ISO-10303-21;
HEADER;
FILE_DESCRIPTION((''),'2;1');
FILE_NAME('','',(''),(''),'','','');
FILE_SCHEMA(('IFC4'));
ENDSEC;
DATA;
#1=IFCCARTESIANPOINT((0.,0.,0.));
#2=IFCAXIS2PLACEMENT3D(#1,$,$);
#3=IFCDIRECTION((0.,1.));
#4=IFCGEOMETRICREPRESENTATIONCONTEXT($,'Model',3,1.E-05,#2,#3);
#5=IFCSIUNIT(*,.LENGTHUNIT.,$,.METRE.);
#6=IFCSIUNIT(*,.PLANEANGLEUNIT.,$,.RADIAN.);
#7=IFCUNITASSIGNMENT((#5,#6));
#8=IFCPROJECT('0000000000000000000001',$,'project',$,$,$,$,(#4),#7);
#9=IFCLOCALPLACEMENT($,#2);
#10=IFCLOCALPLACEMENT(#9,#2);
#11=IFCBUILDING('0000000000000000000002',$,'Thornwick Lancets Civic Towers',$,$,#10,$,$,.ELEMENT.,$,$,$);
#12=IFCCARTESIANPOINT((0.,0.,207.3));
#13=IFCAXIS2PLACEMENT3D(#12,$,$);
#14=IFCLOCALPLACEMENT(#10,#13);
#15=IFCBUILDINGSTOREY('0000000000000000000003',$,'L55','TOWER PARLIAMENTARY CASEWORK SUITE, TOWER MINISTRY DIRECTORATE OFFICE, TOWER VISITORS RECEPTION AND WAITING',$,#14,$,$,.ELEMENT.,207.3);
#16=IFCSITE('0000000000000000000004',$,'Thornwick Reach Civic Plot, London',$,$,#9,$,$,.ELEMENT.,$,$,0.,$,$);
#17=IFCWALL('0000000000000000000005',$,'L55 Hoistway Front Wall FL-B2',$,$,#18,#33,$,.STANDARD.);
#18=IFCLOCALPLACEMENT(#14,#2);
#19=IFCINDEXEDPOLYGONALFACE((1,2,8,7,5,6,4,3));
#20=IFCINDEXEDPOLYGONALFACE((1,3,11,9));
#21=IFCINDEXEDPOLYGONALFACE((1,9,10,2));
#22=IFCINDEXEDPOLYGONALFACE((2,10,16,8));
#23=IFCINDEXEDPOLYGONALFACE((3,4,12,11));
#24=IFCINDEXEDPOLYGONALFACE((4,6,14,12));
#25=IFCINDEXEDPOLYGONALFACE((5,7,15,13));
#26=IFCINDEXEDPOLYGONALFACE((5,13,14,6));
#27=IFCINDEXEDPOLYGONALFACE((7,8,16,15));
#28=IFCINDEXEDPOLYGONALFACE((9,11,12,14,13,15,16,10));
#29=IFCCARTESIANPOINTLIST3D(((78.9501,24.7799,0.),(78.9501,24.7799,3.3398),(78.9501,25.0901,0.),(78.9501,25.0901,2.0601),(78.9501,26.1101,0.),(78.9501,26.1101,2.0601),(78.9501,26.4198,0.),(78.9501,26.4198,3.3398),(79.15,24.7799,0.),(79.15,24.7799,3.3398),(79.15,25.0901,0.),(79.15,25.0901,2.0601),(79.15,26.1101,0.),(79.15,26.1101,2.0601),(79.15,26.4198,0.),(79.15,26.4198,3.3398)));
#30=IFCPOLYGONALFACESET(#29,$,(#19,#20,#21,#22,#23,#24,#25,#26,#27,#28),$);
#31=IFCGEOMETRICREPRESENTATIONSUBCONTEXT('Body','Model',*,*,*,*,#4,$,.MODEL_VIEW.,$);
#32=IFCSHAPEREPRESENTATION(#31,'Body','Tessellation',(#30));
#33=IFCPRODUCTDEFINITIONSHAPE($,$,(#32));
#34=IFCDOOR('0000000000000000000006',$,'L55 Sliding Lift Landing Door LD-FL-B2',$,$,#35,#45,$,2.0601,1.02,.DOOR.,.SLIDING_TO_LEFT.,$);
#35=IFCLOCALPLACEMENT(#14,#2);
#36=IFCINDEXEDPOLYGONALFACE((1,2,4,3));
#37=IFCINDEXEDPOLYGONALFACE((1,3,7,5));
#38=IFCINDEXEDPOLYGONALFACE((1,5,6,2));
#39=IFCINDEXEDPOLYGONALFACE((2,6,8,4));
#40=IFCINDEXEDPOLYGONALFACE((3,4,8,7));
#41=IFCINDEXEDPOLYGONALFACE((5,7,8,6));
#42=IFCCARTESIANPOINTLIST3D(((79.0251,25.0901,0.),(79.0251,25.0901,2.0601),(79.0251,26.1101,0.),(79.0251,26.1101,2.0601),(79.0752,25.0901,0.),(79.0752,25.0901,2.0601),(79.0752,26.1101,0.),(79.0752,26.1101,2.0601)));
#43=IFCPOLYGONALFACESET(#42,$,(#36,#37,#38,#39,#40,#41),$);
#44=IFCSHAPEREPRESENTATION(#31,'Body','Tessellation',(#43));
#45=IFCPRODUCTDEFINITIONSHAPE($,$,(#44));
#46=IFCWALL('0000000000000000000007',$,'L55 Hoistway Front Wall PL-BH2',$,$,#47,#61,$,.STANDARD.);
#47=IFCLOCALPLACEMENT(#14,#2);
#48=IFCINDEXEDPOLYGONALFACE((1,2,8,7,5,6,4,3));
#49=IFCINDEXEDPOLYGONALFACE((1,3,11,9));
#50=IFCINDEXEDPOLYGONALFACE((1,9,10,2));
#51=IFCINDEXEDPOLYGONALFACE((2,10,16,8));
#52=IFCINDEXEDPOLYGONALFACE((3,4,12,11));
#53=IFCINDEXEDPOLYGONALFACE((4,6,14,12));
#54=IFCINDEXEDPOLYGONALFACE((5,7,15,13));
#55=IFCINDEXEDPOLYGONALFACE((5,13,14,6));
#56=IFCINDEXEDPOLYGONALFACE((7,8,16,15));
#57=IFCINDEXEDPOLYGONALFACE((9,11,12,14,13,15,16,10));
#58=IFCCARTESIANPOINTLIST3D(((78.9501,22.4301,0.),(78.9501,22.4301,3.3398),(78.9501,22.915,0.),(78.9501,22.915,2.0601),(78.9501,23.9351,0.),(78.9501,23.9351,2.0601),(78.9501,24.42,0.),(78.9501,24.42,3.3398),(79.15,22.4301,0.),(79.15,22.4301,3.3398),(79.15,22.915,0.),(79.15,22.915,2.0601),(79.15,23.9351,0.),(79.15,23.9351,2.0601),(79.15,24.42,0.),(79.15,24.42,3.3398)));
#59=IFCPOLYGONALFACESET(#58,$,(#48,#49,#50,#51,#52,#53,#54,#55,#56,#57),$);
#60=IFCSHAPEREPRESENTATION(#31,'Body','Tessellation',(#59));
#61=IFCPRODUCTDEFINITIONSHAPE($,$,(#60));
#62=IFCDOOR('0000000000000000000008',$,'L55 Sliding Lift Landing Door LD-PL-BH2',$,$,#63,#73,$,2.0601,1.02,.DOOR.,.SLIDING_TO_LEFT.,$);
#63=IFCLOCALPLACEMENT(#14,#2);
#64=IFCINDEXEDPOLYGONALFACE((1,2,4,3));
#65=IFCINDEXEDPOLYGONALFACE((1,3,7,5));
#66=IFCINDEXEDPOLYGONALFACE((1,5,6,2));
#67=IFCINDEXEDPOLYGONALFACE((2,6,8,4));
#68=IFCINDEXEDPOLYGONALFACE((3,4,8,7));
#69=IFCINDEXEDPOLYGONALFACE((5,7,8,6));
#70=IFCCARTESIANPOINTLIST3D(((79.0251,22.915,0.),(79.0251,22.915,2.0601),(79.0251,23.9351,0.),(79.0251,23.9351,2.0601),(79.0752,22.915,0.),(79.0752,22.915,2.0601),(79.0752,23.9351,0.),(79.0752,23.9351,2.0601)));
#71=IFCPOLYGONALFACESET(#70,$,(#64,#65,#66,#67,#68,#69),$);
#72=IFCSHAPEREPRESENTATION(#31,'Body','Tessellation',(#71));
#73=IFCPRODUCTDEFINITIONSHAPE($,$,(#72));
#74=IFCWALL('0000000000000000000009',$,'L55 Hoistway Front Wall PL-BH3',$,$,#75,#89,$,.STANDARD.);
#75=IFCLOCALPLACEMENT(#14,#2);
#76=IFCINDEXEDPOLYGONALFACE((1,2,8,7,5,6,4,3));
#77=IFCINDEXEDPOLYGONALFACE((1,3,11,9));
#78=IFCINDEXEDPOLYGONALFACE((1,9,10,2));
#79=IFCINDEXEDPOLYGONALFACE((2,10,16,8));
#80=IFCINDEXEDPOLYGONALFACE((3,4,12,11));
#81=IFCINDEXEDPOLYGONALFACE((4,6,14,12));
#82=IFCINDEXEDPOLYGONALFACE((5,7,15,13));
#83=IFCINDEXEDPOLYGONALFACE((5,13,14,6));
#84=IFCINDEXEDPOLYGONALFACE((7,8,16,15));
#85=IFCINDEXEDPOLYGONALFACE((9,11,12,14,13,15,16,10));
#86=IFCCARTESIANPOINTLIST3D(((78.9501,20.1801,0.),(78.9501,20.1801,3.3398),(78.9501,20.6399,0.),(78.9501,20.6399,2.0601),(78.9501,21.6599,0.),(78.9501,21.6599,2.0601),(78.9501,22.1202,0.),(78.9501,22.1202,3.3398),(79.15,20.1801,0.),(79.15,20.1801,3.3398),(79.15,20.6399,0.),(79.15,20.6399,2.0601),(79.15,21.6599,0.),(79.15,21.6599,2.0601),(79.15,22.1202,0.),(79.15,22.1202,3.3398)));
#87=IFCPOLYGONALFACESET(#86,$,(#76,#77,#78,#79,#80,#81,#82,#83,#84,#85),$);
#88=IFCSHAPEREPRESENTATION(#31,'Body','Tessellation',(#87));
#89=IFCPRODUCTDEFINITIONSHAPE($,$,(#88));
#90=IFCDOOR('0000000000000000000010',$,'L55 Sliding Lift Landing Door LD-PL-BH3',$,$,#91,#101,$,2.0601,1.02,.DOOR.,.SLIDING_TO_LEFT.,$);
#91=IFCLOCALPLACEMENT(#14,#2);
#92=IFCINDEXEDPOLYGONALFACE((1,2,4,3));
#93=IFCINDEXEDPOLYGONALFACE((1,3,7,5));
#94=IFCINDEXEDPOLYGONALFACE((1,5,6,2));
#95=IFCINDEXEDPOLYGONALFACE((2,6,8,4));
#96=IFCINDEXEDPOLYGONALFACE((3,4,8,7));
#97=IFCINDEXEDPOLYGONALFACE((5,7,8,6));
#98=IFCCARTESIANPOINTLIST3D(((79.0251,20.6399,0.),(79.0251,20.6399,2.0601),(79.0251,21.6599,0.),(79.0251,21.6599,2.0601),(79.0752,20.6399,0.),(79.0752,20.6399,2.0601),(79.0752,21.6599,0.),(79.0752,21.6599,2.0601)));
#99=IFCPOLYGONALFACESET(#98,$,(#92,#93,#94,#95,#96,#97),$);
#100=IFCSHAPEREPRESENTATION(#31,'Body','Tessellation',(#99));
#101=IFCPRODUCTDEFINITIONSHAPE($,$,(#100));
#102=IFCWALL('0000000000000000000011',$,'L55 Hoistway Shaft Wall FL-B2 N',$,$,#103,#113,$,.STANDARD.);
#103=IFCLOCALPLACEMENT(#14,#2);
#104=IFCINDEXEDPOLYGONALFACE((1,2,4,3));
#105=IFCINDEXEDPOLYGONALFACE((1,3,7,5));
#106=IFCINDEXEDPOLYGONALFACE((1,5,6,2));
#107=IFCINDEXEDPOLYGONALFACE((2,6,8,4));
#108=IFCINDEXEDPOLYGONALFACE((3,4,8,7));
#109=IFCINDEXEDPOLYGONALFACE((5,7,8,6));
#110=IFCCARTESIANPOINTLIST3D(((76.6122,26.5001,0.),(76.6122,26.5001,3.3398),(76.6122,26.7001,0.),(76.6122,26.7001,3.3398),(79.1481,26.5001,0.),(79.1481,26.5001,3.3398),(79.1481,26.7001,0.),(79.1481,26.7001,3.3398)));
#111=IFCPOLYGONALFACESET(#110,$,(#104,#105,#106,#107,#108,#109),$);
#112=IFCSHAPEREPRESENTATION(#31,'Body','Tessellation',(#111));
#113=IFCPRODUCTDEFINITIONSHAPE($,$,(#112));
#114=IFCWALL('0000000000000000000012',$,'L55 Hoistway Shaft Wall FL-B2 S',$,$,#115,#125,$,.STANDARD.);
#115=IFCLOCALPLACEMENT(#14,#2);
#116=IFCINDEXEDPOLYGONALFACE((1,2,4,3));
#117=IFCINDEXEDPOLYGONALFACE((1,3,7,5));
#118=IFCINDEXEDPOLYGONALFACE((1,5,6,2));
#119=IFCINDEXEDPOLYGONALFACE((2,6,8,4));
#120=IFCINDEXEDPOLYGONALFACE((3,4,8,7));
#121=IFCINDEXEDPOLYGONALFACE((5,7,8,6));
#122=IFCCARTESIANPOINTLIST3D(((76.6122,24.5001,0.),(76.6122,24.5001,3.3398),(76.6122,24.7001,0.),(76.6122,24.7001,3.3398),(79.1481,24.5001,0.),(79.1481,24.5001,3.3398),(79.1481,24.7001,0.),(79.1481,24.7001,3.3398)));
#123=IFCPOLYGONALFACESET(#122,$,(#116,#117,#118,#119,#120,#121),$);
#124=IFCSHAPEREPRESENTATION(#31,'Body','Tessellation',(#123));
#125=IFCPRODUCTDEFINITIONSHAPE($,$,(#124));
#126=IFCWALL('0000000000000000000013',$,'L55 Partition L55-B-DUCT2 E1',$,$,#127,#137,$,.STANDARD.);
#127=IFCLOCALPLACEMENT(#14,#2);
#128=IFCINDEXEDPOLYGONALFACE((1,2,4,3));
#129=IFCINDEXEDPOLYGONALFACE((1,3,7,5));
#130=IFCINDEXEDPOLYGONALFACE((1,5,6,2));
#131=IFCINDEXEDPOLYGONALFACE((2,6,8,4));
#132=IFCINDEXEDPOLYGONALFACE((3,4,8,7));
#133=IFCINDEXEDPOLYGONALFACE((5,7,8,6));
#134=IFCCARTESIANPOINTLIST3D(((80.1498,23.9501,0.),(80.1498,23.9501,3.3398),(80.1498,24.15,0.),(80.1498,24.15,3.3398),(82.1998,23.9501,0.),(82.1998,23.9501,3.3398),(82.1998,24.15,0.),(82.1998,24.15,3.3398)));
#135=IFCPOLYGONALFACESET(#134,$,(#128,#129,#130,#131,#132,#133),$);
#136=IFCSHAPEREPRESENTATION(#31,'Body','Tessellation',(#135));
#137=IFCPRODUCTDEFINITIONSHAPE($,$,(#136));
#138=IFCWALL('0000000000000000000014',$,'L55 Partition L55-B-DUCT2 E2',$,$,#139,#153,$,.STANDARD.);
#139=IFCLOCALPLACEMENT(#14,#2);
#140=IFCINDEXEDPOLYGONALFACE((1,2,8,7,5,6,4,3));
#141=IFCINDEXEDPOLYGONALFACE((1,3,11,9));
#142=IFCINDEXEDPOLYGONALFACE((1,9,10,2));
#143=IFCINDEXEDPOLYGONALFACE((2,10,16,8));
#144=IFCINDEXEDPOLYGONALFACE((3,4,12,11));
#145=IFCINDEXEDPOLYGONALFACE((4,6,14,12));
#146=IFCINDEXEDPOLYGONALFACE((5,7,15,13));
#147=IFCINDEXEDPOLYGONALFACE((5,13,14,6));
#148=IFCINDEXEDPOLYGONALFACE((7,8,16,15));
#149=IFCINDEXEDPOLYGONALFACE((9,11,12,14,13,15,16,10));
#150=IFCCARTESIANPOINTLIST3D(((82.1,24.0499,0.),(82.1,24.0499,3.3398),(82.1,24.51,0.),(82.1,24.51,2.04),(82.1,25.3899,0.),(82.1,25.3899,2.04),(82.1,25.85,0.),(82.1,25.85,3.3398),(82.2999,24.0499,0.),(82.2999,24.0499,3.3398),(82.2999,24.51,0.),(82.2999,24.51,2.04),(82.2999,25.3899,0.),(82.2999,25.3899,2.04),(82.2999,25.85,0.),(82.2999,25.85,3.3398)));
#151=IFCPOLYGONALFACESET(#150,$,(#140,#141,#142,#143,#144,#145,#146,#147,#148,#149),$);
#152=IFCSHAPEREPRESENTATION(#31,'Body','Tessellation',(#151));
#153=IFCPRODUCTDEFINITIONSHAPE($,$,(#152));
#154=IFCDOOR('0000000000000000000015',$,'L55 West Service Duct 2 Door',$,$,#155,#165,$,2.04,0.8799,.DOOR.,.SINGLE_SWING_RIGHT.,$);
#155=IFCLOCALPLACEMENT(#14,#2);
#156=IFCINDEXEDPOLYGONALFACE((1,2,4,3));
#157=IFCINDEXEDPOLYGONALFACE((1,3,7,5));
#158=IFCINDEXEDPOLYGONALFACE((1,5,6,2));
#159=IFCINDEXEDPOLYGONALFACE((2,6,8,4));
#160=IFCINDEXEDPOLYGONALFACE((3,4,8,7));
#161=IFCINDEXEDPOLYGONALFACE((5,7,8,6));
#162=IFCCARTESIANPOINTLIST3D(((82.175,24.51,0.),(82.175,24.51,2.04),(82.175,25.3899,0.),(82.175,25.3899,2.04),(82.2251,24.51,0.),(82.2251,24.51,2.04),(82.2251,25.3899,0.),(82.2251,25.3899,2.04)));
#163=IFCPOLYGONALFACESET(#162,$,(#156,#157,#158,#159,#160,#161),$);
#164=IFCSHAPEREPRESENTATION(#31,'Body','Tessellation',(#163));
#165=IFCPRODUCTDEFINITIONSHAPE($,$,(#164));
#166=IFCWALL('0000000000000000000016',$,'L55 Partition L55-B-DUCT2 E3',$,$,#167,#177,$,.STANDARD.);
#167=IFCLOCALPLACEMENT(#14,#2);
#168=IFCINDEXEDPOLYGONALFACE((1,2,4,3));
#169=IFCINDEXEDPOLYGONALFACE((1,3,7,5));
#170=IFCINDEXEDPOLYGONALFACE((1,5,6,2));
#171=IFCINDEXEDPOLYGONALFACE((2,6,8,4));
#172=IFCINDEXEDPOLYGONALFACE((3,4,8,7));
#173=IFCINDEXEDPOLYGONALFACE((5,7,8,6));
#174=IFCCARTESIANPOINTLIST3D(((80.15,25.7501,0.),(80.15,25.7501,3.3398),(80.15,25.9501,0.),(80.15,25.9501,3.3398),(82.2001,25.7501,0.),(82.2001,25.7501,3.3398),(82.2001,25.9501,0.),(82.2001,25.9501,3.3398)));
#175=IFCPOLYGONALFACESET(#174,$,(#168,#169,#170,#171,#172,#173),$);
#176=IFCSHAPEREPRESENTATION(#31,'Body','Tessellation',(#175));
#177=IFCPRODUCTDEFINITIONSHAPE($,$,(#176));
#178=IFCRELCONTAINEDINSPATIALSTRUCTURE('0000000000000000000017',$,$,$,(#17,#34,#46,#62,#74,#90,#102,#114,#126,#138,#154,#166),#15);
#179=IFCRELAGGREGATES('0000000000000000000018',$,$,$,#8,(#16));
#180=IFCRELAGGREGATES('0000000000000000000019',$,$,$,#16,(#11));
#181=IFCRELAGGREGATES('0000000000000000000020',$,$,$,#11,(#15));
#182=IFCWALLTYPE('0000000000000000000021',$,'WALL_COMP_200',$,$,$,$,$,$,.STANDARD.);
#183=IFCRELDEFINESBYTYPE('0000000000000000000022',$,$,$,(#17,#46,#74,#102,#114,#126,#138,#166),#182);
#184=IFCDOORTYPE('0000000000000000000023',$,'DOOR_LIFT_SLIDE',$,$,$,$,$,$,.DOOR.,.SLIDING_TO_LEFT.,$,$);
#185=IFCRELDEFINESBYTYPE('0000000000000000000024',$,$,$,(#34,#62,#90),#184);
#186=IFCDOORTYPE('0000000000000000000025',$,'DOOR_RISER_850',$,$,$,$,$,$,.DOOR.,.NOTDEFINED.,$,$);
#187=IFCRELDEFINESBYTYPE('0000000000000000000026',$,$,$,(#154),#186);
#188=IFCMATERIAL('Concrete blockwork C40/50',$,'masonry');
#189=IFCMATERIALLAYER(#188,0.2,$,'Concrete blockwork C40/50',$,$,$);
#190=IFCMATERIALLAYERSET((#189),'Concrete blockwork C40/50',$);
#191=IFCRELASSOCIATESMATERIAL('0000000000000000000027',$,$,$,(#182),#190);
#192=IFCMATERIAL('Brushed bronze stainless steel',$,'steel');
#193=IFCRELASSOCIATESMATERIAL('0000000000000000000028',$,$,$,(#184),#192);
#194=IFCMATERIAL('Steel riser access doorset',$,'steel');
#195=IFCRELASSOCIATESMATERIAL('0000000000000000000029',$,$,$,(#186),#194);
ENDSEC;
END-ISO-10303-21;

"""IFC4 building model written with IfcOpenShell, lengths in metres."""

from ifc_helpers import new_model, si_unit, direction, frame, frame_2d, origin, place, context, subcontext, project, spatial, rectangle, extrude, material, layer, layer_set, type_object, element, fill, save


model = new_model("IFC4")

# Units and contexts
model_context = context("Model", 3, precision=1e-05, world=origin(), true_north=direction((0.0, 1.0)))
body_context = subcontext(model_context, "Body", "Model", "MODEL_VIEW")
ifc_project = project(units=[si_unit("LENGTHUNIT", "METRE"), si_unit("PLANEANGLEUNIT", "RADIAN")], contexts=[model_context])

# Site, building, storey
site_placement = place(None, origin())
site = spatial("IfcSite", under=ifc_project, at=site_placement, Name="Thornwick Reach Civic Plot, London", CompositionType="ELEMENT", RefElevation=0.0)
building_placement = place(site_placement, origin())
building = spatial("IfcBuilding", under=site, at=building_placement, Name="Thornwick Lancets Civic Towers", CompositionType="ELEMENT")
storey_placement = place(building_placement, frame((0.0, 0.0, 207.3)))
storey = spatial("IfcBuildingStorey", under=building, at=storey_placement, Name="L55", Description="TOWER PARLIAMENTARY CASEWORK SUITE, TOWER MINISTRY DIRECTORATE OFFICE, TOWER VISITORS RECEPTION AND WAITING", CompositionType="ELEMENT", Elevation=207.3)

# Walls, openings, doors
ifc_material_1 = material(Name="Concrete blockwork C40/50", Category="masonry")
ifc_layer_1 = layer(ifc_material_1, 0.2, Name="Concrete blockwork C40/50")
ifc_layer_set_1 = layer_set([ifc_layer_1], Name="Concrete blockwork C40/50")
wall_type_1 = type_object("IfcWallType", Name="WALL_COMP_200", PredefinedType="STANDARD", material=ifc_layer_set_1)
wall_1_placement = place(storey_placement, frame((79.05, 24.78, 0.0), z_axis=(0.0, 0.0, 1.0), x_axis=(0.0, 1.0, 0.0)))
wall_1 = element("IfcWall", 1, at=wall_1_placement, inside=storey, type_object=wall_type_1, Name="L55 Hoistway Front Wall FL-B2", PredefinedType="STANDARD", context=body_context, shape_type="SweptSolid", body=[
    extrude(rectangle(XDim=1.6399, YDim=0.2, at=frame_2d((0.8198, 0.0))), origin(), (0.0, 0.0, 1.0), 3.3398),
])
opening_1_placement = place(wall_1_placement, frame((0.3101, 0.0, 0.0)))
opening_1 = element("IfcOpeningElement", 2, at=opening_1_placement, cuts=wall_1, PredefinedType="OPENING", context=body_context, shape_type="SweptSolid", body=[
    extrude(rectangle(XDim=1.02, YDim=2.0601, at=frame_2d((0.51, 1.03))), frame((0.0, 0.1099, 0.0), z_axis=(0.0, -1.0, 0.0), x_axis=(1.0, 0.0, 0.0)), (0.0, 0.0, 1.0), 0.22),
])
ifc_material_2 = material(Name="Brushed bronze stainless steel", Category="steel")
door_type_1 = type_object("IfcDoorType", Name="DOOR_LIFT_SLIDE", OperationType="SLIDING_TO_LEFT", PredefinedType="DOOR", material=ifc_material_2)
door_1_placement = place(opening_1_placement, origin())
door_1 = element("IfcDoor", 3, at=door_1_placement, inside=storey, type_object=door_type_1, Name="L55 Sliding Lift Landing Door LD-FL-B2", OperationType="SLIDING_TO_LEFT", OverallHeight=2.0601, OverallWidth=1.02, PredefinedType="DOOR", context=body_context, shape_type="SweptSolid", body=[
    extrude(rectangle(XDim=1.02, YDim=2.0601, at=frame_2d((0.51, 1.03))), frame((0.0, 0.0249, 0.0), z_axis=(0.0, -1.0, 0.0), x_axis=(1.0, 0.0, 0.0)), (0.0, 0.0, 1.0), 0.05),
])
fill(opening_1, door_1)
wall_2_placement = place(storey_placement, frame((79.05, 22.4299, 0.0), z_axis=(0.0, 0.0, 1.0), x_axis=(0.0, 1.0, 0.0)))
wall_2 = element("IfcWall", 4, at=wall_2_placement, inside=storey, type_object=wall_type_1, Name="L55 Hoistway Front Wall PL-BH2", PredefinedType="STANDARD", context=body_context, shape_type="SweptSolid", body=[
    extrude(rectangle(XDim=1.99, YDim=0.2, at=frame_2d((0.9951, 0.0))), origin(), (0.0, 0.0, 1.0), 3.3398),
])
opening_2_placement = place(wall_2_placement, frame((0.4851, 0.0, 0.0)))
opening_2 = element("IfcOpeningElement", 5, at=opening_2_placement, cuts=wall_2, PredefinedType="OPENING", context=body_context, shape_type="SweptSolid", body=[
    extrude(rectangle(XDim=1.02, YDim=2.0601, at=frame_2d((0.51, 1.03))), frame((0.0, 0.1099, 0.0), z_axis=(0.0, -1.0, 0.0), x_axis=(1.0, 0.0, 0.0)), (0.0, 0.0, 1.0), 0.22),
])
door_2_placement = place(opening_2_placement, origin())
door_2 = element("IfcDoor", 6, at=door_2_placement, inside=storey, type_object=door_type_1, Name="L55 Sliding Lift Landing Door LD-PL-BH2", OperationType="SLIDING_TO_LEFT", OverallHeight=2.0601, OverallWidth=1.02, PredefinedType="DOOR", context=body_context, shape_type="SweptSolid", body=[
    extrude(rectangle(XDim=1.02, YDim=2.0601, at=frame_2d((0.51, 1.03))), frame((0.0, 0.0249, 0.0), z_axis=(0.0, -1.0, 0.0), x_axis=(1.0, 0.0, 0.0)), (0.0, 0.0, 1.0), 0.05),
])
fill(opening_2, door_2)
wall_3_placement = place(storey_placement, frame((79.05, 20.1799, 0.0), z_axis=(0.0, 0.0, 1.0), x_axis=(0.0, 1.0, 0.0)))
wall_3 = element("IfcWall", 7, at=wall_3_placement, inside=storey, type_object=wall_type_1, Name="L55 Hoistway Front Wall PL-BH3", PredefinedType="STANDARD", context=body_context, shape_type="SweptSolid", body=[
    extrude(rectangle(XDim=1.9402, YDim=0.2, at=frame_2d((0.9702, 0.0))), origin(), (0.0, 0.0, 1.0), 3.3398),
])
opening_3_placement = place(wall_3_placement, frame((0.46, 0.0, 0.0)))
opening_3 = element("IfcOpeningElement", 8, at=opening_3_placement, cuts=wall_3, PredefinedType="OPENING", context=body_context, shape_type="SweptSolid", body=[
    extrude(rectangle(XDim=1.02, YDim=2.0601, at=frame_2d((0.51, 1.03))), frame((0.0, 0.1099, 0.0), z_axis=(0.0, -1.0, 0.0), x_axis=(1.0, 0.0, 0.0)), (0.0, 0.0, 1.0), 0.22),
])
door_3_placement = place(opening_3_placement, origin())
door_3 = element("IfcDoor", 9, at=door_3_placement, inside=storey, type_object=door_type_1, Name="L55 Sliding Lift Landing Door LD-PL-BH3", OperationType="SLIDING_TO_LEFT", OverallHeight=2.0601, OverallWidth=1.02, PredefinedType="DOOR", context=body_context, shape_type="SweptSolid", body=[
    extrude(rectangle(XDim=1.02, YDim=2.0601, at=frame_2d((0.51, 1.03))), frame((0.0, 0.0249, 0.0), z_axis=(0.0, -1.0, 0.0), x_axis=(1.0, 0.0, 0.0)), (0.0, 0.0, 1.0), 0.05),
])
fill(opening_3, door_3)

# Walls
for number, where, z_axis, x_axis, name in (
    (10, (76.6121, 26.6001, 0.0), (0.0, 0.0, 1.0), (1.0, 0.0, 0.0), "L55 Hoistway Shaft Wall FL-B2 N"),
    (11, (76.6121, 24.6001, 0.0), (0.0, 0.0, 1.0), (1.0, 0.0, 0.0), "L55 Hoistway Shaft Wall FL-B2 S"),
):
    element("IfcWall", number, at=place(storey_placement, frame(where, z_axis=z_axis, x_axis=x_axis)), inside=storey, type_object=wall_type_1, Name=name, PredefinedType="STANDARD", context=body_context, shape_type="SweptSolid", body=[
        extrude(rectangle(XDim=2.5359, YDim=0.2, at=frame_2d((1.2681, 0.0))), origin(), (0.0, 0.0, 1.0), 3.3398),
    ])
wall_4_placement = place(storey_placement, frame((80.1499, 24.05, 0.0), z_axis=(0.0, 0.0, 1.0), x_axis=(1.0, 0.0, 0.0)))
element("IfcWall", 12, at=wall_4_placement, inside=storey, type_object=wall_type_1, Name="L55 Partition L55-B-DUCT2 E1", PredefinedType="STANDARD", context=body_context, shape_type="SweptSolid", body=[
    extrude(rectangle(XDim=2.05, YDim=0.2, at=frame_2d((1.0249, 0.0))), origin(), (0.0, 0.0, 1.0), 3.3398),
])

# Wall, opening, door
wall_5_placement = place(storey_placement, frame((82.2, 24.05, 0.0), z_axis=(0.0, 0.0, 1.0), x_axis=(0.0, 1.0, 0.0)))
wall_5 = element("IfcWall", 13, at=wall_5_placement, inside=storey, type_object=wall_type_1, Name="L55 Partition L55-B-DUCT2 E2", PredefinedType="STANDARD", context=body_context, shape_type="SweptSolid", body=[
    extrude(rectangle(XDim=1.8, YDim=0.2, at=frame_2d((0.8999, 0.0))), origin(), (0.0, 0.0, 1.0), 3.3398),
])
opening_4_placement = place(wall_5_placement, frame((0.46, 0.0, 0.0)))
opening_4 = element("IfcOpeningElement", 14, at=opening_4_placement, cuts=wall_5, PredefinedType="OPENING", context=body_context, shape_type="SweptSolid", body=[
    extrude(rectangle(XDim=0.8799, YDim=2.04, at=frame_2d((0.4399, 1.02))), frame((0.0, 0.1099, 0.0), z_axis=(0.0, -1.0, 0.0), x_axis=(1.0, 0.0, 0.0)), (0.0, 0.0, 1.0), 0.22),
])
ifc_material_3 = material(Name="Steel riser access doorset", Category="steel")
door_type_2 = type_object("IfcDoorType", Name="DOOR_RISER_850", OperationType="NOTDEFINED", PredefinedType="DOOR", material=ifc_material_3)
door_4_placement = place(opening_4_placement, origin())
door_4 = element("IfcDoor", 15, at=door_4_placement, inside=storey, type_object=door_type_2, Name="L55 West Service Duct 2 Door", OperationType="SINGLE_SWING_RIGHT", OverallHeight=2.04, OverallWidth=0.8799, PredefinedType="DOOR", context=body_context, shape_type="SweptSolid", body=[
    extrude(rectangle(XDim=0.8799, YDim=2.04, at=frame_2d((0.4399, 1.02))), frame((0.0, 0.0249, 0.0), z_axis=(0.0, -1.0, 0.0), x_axis=(1.0, 0.0, 0.0)), (0.0, 0.0, 1.0), 0.05),
])
fill(opening_4, door_4)

# Wall
wall_6_placement = place(storey_placement, frame((82.2, 25.8501, 0.0), z_axis=(0.0, 0.0, 1.0), x_axis=(-1.0, 0.0, 0.0)))
element("IfcWall", 16, at=wall_6_placement, inside=storey, type_object=wall_type_1, Name="L55 Partition L55-B-DUCT2 E3", PredefinedType="STANDARD", context=body_context, shape_type="SweptSolid", body=[
    extrude(rectangle(XDim=2.05, YDim=0.2, at=frame_2d((1.0249, 0.0))), origin(), (0.0, 0.0, 1.0), 3.3398),
])

save(model, "model.ifc")
